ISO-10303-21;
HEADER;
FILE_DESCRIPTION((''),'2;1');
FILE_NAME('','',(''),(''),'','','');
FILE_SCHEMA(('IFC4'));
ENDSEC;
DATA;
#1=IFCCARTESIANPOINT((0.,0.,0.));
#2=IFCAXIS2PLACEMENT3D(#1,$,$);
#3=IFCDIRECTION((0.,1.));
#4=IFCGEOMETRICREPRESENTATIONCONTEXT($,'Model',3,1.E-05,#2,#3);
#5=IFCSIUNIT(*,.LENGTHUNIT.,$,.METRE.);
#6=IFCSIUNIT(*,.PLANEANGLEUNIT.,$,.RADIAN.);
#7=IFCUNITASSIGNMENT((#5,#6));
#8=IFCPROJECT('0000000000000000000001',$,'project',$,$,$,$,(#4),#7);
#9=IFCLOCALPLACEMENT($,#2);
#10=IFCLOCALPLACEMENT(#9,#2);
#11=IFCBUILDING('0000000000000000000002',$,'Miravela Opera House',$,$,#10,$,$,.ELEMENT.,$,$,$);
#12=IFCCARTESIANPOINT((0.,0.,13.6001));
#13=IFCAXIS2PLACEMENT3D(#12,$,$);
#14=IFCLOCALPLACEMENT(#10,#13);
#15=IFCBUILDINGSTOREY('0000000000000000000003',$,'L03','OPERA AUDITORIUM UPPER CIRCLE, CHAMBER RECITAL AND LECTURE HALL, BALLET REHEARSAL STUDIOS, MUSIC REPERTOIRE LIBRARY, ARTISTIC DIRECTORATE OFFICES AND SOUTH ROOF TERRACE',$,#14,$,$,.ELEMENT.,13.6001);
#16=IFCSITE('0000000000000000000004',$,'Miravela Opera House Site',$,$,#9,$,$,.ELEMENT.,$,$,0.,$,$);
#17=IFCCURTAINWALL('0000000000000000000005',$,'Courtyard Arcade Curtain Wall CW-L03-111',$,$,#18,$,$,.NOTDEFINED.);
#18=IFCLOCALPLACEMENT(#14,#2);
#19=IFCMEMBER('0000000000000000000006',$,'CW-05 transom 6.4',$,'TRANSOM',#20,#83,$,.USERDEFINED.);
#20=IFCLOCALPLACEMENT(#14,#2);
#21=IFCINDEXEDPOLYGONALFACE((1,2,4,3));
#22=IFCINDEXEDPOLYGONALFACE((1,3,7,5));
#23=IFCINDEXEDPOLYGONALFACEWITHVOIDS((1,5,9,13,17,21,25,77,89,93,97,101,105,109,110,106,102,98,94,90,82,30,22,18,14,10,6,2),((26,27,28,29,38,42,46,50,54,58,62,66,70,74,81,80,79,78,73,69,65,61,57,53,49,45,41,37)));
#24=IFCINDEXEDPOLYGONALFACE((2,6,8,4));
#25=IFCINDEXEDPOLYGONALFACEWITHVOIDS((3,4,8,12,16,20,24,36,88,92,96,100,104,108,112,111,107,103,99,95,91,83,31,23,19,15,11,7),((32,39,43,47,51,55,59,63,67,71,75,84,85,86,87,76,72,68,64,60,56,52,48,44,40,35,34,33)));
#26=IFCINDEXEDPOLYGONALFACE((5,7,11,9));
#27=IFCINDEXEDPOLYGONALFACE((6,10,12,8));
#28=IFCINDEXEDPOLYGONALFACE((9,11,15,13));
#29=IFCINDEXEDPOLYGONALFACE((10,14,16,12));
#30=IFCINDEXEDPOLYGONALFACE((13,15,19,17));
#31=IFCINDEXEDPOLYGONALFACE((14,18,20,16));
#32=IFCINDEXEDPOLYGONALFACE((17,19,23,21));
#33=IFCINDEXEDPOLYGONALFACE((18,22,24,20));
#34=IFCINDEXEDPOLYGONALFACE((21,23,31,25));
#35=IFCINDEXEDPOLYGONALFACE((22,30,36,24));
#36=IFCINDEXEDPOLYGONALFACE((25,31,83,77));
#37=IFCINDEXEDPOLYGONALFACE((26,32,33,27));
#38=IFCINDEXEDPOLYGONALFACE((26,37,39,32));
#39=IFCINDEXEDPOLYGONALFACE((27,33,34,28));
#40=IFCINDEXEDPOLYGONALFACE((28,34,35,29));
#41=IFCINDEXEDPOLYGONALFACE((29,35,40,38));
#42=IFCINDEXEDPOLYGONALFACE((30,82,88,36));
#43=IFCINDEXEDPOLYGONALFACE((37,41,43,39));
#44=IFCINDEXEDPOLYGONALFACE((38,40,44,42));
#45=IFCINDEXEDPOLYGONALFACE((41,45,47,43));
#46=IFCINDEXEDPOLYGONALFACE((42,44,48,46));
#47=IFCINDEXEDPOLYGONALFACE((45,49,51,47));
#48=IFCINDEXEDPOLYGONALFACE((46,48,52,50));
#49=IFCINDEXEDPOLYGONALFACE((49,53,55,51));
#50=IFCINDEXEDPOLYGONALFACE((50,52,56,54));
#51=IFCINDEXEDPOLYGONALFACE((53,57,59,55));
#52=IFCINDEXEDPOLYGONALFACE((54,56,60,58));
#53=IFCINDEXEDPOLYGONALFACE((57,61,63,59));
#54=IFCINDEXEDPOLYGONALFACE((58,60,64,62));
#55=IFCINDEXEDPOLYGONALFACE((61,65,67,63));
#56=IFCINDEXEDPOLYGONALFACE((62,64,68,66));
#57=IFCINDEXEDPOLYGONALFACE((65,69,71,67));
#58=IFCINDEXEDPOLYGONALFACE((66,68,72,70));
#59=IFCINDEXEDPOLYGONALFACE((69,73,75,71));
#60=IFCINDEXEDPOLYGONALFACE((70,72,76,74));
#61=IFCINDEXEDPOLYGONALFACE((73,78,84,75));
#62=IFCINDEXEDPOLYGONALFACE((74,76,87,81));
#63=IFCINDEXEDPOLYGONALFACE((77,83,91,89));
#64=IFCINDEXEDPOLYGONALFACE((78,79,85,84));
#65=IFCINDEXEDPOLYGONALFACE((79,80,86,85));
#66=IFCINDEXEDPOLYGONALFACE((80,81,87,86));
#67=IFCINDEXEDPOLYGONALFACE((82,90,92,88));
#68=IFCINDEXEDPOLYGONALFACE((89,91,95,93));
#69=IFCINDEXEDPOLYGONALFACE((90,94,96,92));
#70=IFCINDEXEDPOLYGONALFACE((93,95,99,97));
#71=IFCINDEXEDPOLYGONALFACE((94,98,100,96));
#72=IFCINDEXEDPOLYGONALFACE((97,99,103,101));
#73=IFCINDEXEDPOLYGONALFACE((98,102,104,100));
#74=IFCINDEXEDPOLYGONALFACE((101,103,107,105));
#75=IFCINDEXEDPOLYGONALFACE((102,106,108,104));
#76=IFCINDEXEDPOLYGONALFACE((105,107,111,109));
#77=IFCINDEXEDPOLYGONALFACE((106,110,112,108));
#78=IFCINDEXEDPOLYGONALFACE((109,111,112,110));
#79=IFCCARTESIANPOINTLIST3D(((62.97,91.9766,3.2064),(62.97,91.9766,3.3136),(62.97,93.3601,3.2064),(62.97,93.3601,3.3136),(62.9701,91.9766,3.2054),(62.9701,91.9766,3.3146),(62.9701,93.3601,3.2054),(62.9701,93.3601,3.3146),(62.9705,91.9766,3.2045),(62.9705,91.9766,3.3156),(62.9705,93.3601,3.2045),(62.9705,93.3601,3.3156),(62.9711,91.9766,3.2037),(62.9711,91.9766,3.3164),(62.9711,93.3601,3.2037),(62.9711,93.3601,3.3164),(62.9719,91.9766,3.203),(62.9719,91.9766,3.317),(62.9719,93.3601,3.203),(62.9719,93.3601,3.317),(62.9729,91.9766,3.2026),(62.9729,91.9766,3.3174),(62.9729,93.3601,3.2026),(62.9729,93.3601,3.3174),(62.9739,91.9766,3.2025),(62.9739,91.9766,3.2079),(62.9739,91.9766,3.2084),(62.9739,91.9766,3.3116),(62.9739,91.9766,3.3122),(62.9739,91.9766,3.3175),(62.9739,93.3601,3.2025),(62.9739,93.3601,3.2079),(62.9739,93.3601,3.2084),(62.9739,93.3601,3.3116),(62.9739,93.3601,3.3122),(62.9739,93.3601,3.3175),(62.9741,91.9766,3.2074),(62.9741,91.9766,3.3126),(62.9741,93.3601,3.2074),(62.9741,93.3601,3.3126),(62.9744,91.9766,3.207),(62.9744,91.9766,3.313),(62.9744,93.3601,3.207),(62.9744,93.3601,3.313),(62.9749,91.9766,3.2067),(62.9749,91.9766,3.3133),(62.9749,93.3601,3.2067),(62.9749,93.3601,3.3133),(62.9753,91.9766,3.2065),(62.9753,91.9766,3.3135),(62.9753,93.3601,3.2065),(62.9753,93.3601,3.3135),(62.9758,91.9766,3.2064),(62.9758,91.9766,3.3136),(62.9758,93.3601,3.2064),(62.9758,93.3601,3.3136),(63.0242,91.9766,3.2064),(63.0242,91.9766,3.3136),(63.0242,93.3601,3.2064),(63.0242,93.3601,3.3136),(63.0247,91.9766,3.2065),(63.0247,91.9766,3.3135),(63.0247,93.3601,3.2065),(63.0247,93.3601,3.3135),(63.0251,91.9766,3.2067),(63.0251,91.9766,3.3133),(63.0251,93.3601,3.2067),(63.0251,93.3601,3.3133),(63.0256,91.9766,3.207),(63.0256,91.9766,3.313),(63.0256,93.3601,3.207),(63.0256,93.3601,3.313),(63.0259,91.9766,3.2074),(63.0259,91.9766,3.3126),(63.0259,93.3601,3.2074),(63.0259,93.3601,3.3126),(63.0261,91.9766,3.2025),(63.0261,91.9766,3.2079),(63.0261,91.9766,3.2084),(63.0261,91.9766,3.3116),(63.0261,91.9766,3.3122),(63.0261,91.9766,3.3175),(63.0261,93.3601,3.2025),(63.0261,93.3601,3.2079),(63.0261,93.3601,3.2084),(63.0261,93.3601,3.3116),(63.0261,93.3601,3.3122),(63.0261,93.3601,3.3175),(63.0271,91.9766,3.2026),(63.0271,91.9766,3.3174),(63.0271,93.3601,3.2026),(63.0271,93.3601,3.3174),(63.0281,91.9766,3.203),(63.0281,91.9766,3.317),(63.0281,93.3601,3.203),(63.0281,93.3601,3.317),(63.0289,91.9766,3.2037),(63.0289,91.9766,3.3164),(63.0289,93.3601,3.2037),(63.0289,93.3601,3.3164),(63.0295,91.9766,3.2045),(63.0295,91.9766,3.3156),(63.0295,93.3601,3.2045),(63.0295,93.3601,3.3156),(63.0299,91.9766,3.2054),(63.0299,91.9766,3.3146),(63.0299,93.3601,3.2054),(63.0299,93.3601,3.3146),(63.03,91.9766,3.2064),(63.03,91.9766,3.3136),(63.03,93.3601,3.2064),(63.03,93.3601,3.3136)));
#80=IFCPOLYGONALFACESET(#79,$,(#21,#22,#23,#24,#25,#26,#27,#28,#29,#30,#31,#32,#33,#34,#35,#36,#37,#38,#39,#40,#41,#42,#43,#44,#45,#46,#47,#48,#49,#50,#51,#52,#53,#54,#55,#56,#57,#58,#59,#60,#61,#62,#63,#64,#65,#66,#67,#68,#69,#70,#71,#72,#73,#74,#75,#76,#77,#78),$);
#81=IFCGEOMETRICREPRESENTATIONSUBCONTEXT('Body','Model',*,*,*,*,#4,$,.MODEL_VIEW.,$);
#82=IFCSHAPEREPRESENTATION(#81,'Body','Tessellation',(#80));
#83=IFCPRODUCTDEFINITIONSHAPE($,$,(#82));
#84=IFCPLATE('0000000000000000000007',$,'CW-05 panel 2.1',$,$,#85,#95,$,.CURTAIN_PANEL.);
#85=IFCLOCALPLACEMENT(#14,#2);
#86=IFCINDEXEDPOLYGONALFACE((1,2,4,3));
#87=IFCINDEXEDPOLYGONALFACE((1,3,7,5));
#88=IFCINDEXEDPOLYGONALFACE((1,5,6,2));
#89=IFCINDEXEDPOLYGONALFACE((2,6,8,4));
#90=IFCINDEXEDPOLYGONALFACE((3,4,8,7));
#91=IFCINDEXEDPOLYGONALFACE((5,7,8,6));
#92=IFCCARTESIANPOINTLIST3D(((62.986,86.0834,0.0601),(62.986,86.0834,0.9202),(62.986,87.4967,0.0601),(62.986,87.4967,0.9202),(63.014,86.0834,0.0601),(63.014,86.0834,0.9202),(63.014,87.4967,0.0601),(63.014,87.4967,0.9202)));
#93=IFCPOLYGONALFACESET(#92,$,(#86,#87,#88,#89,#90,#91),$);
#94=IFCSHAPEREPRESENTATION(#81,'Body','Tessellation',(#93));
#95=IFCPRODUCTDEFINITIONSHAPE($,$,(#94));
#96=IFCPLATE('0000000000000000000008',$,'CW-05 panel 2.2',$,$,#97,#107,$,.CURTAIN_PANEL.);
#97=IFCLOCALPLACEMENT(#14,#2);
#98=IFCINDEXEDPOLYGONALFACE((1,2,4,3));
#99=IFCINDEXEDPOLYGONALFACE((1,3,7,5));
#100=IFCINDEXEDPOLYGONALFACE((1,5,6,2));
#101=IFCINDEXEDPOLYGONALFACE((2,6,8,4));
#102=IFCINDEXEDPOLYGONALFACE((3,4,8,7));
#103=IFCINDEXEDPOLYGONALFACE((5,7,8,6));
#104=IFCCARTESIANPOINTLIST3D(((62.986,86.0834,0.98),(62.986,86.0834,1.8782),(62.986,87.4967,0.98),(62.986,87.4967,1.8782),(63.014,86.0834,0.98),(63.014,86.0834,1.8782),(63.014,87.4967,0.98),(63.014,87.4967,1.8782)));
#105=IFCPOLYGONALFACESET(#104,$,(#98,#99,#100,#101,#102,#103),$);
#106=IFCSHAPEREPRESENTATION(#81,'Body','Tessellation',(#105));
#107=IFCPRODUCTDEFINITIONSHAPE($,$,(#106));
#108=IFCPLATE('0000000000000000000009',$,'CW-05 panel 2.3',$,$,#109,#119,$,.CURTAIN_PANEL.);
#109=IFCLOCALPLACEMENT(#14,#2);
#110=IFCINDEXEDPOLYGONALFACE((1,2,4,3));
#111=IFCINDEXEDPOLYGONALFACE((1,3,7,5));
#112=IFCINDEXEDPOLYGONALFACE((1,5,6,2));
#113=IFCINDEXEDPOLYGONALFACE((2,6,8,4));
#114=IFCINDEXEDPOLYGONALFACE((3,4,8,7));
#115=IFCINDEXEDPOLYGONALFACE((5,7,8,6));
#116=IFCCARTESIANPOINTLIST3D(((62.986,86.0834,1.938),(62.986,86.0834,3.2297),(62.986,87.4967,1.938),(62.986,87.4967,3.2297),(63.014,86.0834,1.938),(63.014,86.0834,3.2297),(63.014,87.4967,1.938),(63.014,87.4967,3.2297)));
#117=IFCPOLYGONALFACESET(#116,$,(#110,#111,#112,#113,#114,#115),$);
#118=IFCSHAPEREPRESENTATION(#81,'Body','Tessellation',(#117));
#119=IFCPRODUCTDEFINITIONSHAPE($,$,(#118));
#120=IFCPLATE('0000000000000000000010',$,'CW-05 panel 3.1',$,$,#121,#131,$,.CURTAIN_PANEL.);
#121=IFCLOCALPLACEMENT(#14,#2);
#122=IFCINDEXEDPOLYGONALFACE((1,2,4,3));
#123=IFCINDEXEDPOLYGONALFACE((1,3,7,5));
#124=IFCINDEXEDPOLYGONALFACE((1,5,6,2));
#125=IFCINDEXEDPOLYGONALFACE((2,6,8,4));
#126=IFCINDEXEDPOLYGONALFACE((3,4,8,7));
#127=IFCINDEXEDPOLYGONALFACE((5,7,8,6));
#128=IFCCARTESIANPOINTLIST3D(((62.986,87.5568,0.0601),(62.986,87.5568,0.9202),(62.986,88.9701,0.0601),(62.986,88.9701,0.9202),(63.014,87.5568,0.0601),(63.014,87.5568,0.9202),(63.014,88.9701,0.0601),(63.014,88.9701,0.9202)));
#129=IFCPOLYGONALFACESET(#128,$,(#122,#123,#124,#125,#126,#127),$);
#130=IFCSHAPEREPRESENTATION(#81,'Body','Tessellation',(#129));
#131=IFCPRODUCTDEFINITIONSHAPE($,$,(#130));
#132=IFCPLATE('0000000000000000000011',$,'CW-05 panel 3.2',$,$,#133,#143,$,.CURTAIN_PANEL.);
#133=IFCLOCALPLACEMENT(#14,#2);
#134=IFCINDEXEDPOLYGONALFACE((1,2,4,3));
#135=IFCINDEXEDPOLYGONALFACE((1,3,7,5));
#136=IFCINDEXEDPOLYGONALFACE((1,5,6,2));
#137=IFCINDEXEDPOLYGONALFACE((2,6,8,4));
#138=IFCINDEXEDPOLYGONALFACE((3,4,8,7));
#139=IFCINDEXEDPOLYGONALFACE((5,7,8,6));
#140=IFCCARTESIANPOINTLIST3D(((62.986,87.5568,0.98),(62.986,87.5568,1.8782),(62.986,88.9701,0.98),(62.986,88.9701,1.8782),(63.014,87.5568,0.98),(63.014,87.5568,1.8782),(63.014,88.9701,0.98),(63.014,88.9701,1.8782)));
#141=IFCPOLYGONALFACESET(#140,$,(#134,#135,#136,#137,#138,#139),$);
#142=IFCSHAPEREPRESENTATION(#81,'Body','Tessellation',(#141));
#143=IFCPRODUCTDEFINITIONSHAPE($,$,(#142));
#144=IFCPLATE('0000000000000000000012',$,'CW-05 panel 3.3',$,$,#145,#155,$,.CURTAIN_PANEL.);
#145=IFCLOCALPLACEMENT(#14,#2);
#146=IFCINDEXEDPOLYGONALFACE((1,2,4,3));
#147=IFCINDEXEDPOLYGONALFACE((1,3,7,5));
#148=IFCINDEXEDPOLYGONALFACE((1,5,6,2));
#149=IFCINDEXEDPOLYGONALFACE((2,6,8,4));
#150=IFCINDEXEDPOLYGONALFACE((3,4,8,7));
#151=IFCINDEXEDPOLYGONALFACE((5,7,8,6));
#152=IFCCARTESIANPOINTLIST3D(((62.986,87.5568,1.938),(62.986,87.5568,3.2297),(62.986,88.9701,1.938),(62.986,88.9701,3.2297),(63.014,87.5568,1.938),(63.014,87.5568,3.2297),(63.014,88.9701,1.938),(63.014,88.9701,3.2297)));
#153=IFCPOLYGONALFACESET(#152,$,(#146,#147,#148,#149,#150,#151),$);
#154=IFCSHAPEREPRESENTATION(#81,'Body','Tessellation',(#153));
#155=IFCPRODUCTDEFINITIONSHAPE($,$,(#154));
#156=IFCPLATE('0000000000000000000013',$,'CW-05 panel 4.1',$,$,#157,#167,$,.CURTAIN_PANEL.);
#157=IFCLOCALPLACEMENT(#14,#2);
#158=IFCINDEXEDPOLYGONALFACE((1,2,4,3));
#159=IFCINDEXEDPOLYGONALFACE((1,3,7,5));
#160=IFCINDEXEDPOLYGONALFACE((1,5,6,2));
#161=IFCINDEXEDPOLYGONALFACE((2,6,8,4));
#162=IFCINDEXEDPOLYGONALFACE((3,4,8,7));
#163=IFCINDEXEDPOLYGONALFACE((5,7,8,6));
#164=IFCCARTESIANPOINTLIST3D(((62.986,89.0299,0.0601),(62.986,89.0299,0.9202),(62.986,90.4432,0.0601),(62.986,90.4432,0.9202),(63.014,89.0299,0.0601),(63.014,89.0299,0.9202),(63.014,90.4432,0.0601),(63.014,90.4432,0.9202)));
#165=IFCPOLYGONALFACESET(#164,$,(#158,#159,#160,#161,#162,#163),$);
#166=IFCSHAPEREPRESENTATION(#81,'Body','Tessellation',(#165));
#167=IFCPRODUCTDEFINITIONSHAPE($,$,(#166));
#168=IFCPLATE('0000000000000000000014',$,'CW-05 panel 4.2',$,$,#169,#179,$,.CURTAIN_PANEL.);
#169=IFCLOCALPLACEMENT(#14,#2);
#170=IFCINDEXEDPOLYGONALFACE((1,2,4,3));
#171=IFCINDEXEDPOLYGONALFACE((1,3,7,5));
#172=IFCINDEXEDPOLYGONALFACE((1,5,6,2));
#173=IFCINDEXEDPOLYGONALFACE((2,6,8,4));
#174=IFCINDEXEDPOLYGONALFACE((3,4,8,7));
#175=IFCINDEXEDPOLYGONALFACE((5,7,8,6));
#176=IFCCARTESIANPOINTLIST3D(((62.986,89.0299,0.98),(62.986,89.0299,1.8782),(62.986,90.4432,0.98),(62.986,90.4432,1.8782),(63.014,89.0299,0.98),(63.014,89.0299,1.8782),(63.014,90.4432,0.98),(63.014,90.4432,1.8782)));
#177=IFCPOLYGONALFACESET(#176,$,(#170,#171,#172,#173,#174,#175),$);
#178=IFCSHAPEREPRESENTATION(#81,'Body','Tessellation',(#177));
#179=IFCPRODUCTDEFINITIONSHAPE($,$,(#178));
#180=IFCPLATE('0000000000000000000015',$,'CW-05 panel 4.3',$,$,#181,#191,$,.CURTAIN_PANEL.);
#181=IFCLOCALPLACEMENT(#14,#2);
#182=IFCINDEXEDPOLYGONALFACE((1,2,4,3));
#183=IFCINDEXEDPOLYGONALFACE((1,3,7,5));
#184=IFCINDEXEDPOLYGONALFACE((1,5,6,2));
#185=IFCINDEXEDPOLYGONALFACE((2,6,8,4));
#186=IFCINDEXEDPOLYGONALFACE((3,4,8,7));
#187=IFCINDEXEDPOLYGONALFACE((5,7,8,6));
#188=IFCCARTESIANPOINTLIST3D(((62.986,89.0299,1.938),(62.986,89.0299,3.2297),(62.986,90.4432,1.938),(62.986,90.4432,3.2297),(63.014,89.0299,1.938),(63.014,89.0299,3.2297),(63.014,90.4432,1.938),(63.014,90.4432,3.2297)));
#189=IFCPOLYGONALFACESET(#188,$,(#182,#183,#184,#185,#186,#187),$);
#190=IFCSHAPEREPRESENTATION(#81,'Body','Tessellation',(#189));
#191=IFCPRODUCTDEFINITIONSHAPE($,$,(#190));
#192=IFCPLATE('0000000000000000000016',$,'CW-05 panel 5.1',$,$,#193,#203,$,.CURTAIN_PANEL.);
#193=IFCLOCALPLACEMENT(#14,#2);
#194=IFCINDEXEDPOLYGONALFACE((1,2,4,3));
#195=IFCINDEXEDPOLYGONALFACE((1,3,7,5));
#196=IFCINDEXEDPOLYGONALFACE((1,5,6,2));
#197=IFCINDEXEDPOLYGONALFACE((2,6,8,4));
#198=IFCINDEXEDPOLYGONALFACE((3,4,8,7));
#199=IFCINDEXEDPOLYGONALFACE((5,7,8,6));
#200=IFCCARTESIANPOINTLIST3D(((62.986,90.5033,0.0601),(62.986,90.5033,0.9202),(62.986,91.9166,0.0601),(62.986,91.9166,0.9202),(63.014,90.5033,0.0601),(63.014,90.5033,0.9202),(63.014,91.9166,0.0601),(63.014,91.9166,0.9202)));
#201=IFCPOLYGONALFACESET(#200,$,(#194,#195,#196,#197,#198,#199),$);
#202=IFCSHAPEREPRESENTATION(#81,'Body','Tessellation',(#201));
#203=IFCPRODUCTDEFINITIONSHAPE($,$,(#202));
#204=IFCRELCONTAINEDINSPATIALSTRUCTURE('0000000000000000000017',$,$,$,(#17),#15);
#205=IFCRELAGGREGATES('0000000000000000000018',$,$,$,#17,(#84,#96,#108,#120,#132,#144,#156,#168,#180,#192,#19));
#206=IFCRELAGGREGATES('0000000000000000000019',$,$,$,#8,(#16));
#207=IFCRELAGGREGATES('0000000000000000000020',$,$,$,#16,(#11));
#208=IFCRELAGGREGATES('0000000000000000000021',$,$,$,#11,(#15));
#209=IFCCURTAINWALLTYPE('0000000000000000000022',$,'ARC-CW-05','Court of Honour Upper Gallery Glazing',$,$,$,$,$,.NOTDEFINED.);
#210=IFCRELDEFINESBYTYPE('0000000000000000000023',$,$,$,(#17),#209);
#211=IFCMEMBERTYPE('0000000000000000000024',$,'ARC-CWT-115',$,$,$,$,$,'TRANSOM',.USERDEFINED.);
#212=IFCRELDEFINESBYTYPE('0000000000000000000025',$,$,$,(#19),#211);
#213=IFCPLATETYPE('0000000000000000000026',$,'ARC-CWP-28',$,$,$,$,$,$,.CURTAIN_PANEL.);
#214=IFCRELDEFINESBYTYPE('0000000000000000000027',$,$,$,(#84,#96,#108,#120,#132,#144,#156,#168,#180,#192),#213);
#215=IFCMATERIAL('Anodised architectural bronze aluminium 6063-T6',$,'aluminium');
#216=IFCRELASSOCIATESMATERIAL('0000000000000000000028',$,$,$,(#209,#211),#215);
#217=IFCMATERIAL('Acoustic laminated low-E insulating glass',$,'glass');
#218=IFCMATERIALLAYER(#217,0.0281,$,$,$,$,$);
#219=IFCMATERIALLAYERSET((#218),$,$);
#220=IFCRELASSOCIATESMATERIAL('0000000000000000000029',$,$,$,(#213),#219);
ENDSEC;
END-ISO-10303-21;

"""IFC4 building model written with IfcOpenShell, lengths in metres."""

from ifc_helpers import new_model, si_unit, direction, frame, origin, origin_2d, place, context, subcontext, project, spatial, rectangle, hollow_rectangle, extrude, material, layer, layer_set, material_profile, profile_set, type_object, element, aggregate, save


model = new_model("IFC4")

# Units and contexts
model_context = context("Model", 3, precision=1e-05, world=origin(), true_north=direction((0.0, 1.0)))
body_context = subcontext(model_context, "Body", "Model", "MODEL_VIEW")
ifc_project = project(units=[si_unit("LENGTHUNIT", "METRE"), si_unit("PLANEANGLEUNIT", "RADIAN")], contexts=[model_context])

# Site, building, storey
site_placement = place(None, origin())
site = spatial("IfcSite", under=ifc_project, at=site_placement, Name="Miravela Opera House Site", CompositionType="ELEMENT", RefElevation=0.0)
building_placement = place(site_placement, origin())
building = spatial("IfcBuilding", under=site, at=building_placement, Name="Miravela Opera House", CompositionType="ELEMENT")
storey_placement = place(building_placement, frame((0.0, 0.0, 13.6001)))
storey = spatial("IfcBuildingStorey", under=building, at=storey_placement, Name="L03", Description="OPERA AUDITORIUM UPPER CIRCLE, CHAMBER RECITAL AND LECTURE HALL, BALLET REHEARSAL STUDIOS, MUSIC REPERTOIRE LIBRARY, ARTISTIC DIRECTORATE OFFICES AND SOUTH ROOF TERRACE", CompositionType="ELEMENT", Elevation=13.6001)

# Curtain wall, member, plates
ifc_material_1 = material(Name="Anodised architectural bronze aluminium 6063-T6", Category="aluminium")
curtain_wall_type = type_object("IfcCurtainWallType", Name="ARC-CW-05", Description="Court of Honour Upper Gallery Glazing", PredefinedType="NOTDEFINED", material=ifc_material_1)
curtain_wall_placement = place(storey_placement, origin())
curtain_wall = element("IfcCurtainWall", 1, at=curtain_wall_placement, inside=storey, type_object=curtain_wall_type, Name="Courtyard Arcade Curtain Wall CW-L03-111", PredefinedType="NOTDEFINED")
ifc_material_profile_1 = material_profile(ifc_material_1, hollow_rectangle(XDim=0.0601, YDim=0.115, WallThickness=0.0039, InnerFilletRadius=0.002, OuterFilletRadius=0.0039, at=origin_2d()), Name="CWT-60X115")
ifc_profile_set_1 = profile_set([ifc_material_profile_1])
member_type_1 = type_object("IfcMemberType", Name="ARC-CWT-115", ElementType="TRANSOM", PredefinedType="USERDEFINED", material=ifc_profile_set_1)
member_1_placement = place(storey_placement, frame((63.0, 91.9766, 3.26), z_axis=(0.0, 1.0, 0.0), x_axis=(-1.0, 0.0, 0.0)))
member_1 = element("IfcMember", 2, at=member_1_placement, type_object=member_type_1, Name="CW-05 transom 6.4", ObjectType="TRANSOM", PredefinedType="USERDEFINED", context=body_context, shape_type="SweptSolid", body=[
    extrude(hollow_rectangle(XDim=0.0601, YDim=0.115, WallThickness=0.0039, InnerFilletRadius=0.002, OuterFilletRadius=0.0039, at=origin_2d()), origin(), (0.0, 0.0, 1.0), 1.3835),
])
ifc_material_2 = material(Name="Acoustic laminated low-E insulating glass", Category="glass")
ifc_layer = layer(ifc_material_2, 0.0281)
ifc_layer_set = layer_set([ifc_layer])
plate_type = type_object("IfcPlateType", Name="ARC-CWP-28", PredefinedType="CURTAIN_PANEL", material=ifc_layer_set)
plate_1_placement = place(storey_placement, frame((63.0, 86.79, 0.0601), z_axis=(0.0, 0.0, 1.0), x_axis=(0.0, 1.0, 0.0)))
plate_1 = element("IfcPlate", 3, at=plate_1_placement, type_object=plate_type, Name="CW-05 panel 2.1", PredefinedType="CURTAIN_PANEL", context=body_context, shape_type="SweptSolid", body=[
    extrude(rectangle(XDim=1.4133, YDim=0.0281, at=origin_2d()), origin(), (0.0, 0.0, 1.0), 0.8601),
])
plate_2_placement = place(storey_placement, frame((63.0, 86.79, 0.98), z_axis=(0.0, 0.0, 1.0), x_axis=(0.0, 1.0, 0.0)))
plate_2 = element("IfcPlate", 4, at=plate_2_placement, type_object=plate_type, Name="CW-05 panel 2.2", PredefinedType="CURTAIN_PANEL", context=body_context, shape_type="SweptSolid", body=[
    extrude(rectangle(XDim=1.4133, YDim=0.0281, at=origin_2d()), origin(), (0.0, 0.0, 1.0), 0.8982),
])
plate_3_placement = place(storey_placement, frame((63.0, 86.79, 1.938), z_axis=(0.0, 0.0, 1.0), x_axis=(0.0, 1.0, 0.0)))
plate_3 = element("IfcPlate", 5, at=plate_3_placement, type_object=plate_type, Name="CW-05 panel 2.3", PredefinedType="CURTAIN_PANEL", context=body_context, shape_type="SweptSolid", body=[
    extrude(rectangle(XDim=1.4133, YDim=0.0281, at=origin_2d()), origin(), (0.0, 0.0, 1.0), 1.2917),
])
plate_4_placement = place(storey_placement, frame((63.0, 88.2634, 0.0601), z_axis=(0.0, 0.0, 1.0), x_axis=(0.0, 1.0, 0.0)))
plate_4 = element("IfcPlate", 6, at=plate_4_placement, type_object=plate_type, Name="CW-05 panel 3.1", PredefinedType="CURTAIN_PANEL", context=body_context, shape_type="SweptSolid", body=[
    extrude(rectangle(XDim=1.4133, YDim=0.0281, at=origin_2d()), origin(), (0.0, 0.0, 1.0), 0.8601),
])
plate_5_placement = place(storey_placement, frame((63.0, 88.2634, 0.98), z_axis=(0.0, 0.0, 1.0), x_axis=(0.0, 1.0, 0.0)))
plate_5 = element("IfcPlate", 7, at=plate_5_placement, type_object=plate_type, Name="CW-05 panel 3.2", PredefinedType="CURTAIN_PANEL", context=body_context, shape_type="SweptSolid", body=[
    extrude(rectangle(XDim=1.4133, YDim=0.0281, at=origin_2d()), origin(), (0.0, 0.0, 1.0), 0.8982),
])
plate_6_placement = place(storey_placement, frame((63.0, 88.2634, 1.938), z_axis=(0.0, 0.0, 1.0), x_axis=(0.0, 1.0, 0.0)))
plate_6 = element("IfcPlate", 8, at=plate_6_placement, type_object=plate_type, Name="CW-05 panel 3.3", PredefinedType="CURTAIN_PANEL", context=body_context, shape_type="SweptSolid", body=[
    extrude(rectangle(XDim=1.4133, YDim=0.0281, at=origin_2d()), origin(), (0.0, 0.0, 1.0), 1.2917),
])
plate_7_placement = place(storey_placement, frame((63.0, 89.7366, 0.0601), z_axis=(0.0, 0.0, 1.0), x_axis=(0.0, 1.0, 0.0)))
plate_7 = element("IfcPlate", 9, at=plate_7_placement, type_object=plate_type, Name="CW-05 panel 4.1", PredefinedType="CURTAIN_PANEL", context=body_context, shape_type="SweptSolid", body=[
    extrude(rectangle(XDim=1.4133, YDim=0.0281, at=origin_2d()), origin(), (0.0, 0.0, 1.0), 0.8601),
])
plate_8_placement = place(storey_placement, frame((63.0, 89.7366, 0.98), z_axis=(0.0, 0.0, 1.0), x_axis=(0.0, 1.0, 0.0)))
plate_8 = element("IfcPlate", 10, at=plate_8_placement, type_object=plate_type, Name="CW-05 panel 4.2", PredefinedType="CURTAIN_PANEL", context=body_context, shape_type="SweptSolid", body=[
    extrude(rectangle(XDim=1.4133, YDim=0.0281, at=origin_2d()), origin(), (0.0, 0.0, 1.0), 0.8982),
])
plate_9_placement = place(storey_placement, frame((63.0, 89.7366, 1.938), z_axis=(0.0, 0.0, 1.0), x_axis=(0.0, 1.0, 0.0)))
plate_9 = element("IfcPlate", 11, at=plate_9_placement, type_object=plate_type, Name="CW-05 panel 4.3", PredefinedType="CURTAIN_PANEL", context=body_context, shape_type="SweptSolid", body=[
    extrude(rectangle(XDim=1.4133, YDim=0.0281, at=origin_2d()), origin(), (0.0, 0.0, 1.0), 1.2917),
])
plate_10_placement = place(storey_placement, frame((63.0, 91.21, 0.0601), z_axis=(0.0, 0.0, 1.0), x_axis=(0.0, 1.0, 0.0)))
plate_10 = element("IfcPlate", 12, at=plate_10_placement, type_object=plate_type, Name="CW-05 panel 5.1", PredefinedType="CURTAIN_PANEL", context=body_context, shape_type="SweptSolid", body=[
    extrude(rectangle(XDim=1.4133, YDim=0.0281, at=origin_2d()), origin(), (0.0, 0.0, 1.0), 0.8601),
])
aggregate(curtain_wall, [plate_1, plate_2, plate_3, plate_4, plate_5, plate_6, plate_7, plate_8, plate_9, plate_10, member_1])

save(model, "model.ifc")
